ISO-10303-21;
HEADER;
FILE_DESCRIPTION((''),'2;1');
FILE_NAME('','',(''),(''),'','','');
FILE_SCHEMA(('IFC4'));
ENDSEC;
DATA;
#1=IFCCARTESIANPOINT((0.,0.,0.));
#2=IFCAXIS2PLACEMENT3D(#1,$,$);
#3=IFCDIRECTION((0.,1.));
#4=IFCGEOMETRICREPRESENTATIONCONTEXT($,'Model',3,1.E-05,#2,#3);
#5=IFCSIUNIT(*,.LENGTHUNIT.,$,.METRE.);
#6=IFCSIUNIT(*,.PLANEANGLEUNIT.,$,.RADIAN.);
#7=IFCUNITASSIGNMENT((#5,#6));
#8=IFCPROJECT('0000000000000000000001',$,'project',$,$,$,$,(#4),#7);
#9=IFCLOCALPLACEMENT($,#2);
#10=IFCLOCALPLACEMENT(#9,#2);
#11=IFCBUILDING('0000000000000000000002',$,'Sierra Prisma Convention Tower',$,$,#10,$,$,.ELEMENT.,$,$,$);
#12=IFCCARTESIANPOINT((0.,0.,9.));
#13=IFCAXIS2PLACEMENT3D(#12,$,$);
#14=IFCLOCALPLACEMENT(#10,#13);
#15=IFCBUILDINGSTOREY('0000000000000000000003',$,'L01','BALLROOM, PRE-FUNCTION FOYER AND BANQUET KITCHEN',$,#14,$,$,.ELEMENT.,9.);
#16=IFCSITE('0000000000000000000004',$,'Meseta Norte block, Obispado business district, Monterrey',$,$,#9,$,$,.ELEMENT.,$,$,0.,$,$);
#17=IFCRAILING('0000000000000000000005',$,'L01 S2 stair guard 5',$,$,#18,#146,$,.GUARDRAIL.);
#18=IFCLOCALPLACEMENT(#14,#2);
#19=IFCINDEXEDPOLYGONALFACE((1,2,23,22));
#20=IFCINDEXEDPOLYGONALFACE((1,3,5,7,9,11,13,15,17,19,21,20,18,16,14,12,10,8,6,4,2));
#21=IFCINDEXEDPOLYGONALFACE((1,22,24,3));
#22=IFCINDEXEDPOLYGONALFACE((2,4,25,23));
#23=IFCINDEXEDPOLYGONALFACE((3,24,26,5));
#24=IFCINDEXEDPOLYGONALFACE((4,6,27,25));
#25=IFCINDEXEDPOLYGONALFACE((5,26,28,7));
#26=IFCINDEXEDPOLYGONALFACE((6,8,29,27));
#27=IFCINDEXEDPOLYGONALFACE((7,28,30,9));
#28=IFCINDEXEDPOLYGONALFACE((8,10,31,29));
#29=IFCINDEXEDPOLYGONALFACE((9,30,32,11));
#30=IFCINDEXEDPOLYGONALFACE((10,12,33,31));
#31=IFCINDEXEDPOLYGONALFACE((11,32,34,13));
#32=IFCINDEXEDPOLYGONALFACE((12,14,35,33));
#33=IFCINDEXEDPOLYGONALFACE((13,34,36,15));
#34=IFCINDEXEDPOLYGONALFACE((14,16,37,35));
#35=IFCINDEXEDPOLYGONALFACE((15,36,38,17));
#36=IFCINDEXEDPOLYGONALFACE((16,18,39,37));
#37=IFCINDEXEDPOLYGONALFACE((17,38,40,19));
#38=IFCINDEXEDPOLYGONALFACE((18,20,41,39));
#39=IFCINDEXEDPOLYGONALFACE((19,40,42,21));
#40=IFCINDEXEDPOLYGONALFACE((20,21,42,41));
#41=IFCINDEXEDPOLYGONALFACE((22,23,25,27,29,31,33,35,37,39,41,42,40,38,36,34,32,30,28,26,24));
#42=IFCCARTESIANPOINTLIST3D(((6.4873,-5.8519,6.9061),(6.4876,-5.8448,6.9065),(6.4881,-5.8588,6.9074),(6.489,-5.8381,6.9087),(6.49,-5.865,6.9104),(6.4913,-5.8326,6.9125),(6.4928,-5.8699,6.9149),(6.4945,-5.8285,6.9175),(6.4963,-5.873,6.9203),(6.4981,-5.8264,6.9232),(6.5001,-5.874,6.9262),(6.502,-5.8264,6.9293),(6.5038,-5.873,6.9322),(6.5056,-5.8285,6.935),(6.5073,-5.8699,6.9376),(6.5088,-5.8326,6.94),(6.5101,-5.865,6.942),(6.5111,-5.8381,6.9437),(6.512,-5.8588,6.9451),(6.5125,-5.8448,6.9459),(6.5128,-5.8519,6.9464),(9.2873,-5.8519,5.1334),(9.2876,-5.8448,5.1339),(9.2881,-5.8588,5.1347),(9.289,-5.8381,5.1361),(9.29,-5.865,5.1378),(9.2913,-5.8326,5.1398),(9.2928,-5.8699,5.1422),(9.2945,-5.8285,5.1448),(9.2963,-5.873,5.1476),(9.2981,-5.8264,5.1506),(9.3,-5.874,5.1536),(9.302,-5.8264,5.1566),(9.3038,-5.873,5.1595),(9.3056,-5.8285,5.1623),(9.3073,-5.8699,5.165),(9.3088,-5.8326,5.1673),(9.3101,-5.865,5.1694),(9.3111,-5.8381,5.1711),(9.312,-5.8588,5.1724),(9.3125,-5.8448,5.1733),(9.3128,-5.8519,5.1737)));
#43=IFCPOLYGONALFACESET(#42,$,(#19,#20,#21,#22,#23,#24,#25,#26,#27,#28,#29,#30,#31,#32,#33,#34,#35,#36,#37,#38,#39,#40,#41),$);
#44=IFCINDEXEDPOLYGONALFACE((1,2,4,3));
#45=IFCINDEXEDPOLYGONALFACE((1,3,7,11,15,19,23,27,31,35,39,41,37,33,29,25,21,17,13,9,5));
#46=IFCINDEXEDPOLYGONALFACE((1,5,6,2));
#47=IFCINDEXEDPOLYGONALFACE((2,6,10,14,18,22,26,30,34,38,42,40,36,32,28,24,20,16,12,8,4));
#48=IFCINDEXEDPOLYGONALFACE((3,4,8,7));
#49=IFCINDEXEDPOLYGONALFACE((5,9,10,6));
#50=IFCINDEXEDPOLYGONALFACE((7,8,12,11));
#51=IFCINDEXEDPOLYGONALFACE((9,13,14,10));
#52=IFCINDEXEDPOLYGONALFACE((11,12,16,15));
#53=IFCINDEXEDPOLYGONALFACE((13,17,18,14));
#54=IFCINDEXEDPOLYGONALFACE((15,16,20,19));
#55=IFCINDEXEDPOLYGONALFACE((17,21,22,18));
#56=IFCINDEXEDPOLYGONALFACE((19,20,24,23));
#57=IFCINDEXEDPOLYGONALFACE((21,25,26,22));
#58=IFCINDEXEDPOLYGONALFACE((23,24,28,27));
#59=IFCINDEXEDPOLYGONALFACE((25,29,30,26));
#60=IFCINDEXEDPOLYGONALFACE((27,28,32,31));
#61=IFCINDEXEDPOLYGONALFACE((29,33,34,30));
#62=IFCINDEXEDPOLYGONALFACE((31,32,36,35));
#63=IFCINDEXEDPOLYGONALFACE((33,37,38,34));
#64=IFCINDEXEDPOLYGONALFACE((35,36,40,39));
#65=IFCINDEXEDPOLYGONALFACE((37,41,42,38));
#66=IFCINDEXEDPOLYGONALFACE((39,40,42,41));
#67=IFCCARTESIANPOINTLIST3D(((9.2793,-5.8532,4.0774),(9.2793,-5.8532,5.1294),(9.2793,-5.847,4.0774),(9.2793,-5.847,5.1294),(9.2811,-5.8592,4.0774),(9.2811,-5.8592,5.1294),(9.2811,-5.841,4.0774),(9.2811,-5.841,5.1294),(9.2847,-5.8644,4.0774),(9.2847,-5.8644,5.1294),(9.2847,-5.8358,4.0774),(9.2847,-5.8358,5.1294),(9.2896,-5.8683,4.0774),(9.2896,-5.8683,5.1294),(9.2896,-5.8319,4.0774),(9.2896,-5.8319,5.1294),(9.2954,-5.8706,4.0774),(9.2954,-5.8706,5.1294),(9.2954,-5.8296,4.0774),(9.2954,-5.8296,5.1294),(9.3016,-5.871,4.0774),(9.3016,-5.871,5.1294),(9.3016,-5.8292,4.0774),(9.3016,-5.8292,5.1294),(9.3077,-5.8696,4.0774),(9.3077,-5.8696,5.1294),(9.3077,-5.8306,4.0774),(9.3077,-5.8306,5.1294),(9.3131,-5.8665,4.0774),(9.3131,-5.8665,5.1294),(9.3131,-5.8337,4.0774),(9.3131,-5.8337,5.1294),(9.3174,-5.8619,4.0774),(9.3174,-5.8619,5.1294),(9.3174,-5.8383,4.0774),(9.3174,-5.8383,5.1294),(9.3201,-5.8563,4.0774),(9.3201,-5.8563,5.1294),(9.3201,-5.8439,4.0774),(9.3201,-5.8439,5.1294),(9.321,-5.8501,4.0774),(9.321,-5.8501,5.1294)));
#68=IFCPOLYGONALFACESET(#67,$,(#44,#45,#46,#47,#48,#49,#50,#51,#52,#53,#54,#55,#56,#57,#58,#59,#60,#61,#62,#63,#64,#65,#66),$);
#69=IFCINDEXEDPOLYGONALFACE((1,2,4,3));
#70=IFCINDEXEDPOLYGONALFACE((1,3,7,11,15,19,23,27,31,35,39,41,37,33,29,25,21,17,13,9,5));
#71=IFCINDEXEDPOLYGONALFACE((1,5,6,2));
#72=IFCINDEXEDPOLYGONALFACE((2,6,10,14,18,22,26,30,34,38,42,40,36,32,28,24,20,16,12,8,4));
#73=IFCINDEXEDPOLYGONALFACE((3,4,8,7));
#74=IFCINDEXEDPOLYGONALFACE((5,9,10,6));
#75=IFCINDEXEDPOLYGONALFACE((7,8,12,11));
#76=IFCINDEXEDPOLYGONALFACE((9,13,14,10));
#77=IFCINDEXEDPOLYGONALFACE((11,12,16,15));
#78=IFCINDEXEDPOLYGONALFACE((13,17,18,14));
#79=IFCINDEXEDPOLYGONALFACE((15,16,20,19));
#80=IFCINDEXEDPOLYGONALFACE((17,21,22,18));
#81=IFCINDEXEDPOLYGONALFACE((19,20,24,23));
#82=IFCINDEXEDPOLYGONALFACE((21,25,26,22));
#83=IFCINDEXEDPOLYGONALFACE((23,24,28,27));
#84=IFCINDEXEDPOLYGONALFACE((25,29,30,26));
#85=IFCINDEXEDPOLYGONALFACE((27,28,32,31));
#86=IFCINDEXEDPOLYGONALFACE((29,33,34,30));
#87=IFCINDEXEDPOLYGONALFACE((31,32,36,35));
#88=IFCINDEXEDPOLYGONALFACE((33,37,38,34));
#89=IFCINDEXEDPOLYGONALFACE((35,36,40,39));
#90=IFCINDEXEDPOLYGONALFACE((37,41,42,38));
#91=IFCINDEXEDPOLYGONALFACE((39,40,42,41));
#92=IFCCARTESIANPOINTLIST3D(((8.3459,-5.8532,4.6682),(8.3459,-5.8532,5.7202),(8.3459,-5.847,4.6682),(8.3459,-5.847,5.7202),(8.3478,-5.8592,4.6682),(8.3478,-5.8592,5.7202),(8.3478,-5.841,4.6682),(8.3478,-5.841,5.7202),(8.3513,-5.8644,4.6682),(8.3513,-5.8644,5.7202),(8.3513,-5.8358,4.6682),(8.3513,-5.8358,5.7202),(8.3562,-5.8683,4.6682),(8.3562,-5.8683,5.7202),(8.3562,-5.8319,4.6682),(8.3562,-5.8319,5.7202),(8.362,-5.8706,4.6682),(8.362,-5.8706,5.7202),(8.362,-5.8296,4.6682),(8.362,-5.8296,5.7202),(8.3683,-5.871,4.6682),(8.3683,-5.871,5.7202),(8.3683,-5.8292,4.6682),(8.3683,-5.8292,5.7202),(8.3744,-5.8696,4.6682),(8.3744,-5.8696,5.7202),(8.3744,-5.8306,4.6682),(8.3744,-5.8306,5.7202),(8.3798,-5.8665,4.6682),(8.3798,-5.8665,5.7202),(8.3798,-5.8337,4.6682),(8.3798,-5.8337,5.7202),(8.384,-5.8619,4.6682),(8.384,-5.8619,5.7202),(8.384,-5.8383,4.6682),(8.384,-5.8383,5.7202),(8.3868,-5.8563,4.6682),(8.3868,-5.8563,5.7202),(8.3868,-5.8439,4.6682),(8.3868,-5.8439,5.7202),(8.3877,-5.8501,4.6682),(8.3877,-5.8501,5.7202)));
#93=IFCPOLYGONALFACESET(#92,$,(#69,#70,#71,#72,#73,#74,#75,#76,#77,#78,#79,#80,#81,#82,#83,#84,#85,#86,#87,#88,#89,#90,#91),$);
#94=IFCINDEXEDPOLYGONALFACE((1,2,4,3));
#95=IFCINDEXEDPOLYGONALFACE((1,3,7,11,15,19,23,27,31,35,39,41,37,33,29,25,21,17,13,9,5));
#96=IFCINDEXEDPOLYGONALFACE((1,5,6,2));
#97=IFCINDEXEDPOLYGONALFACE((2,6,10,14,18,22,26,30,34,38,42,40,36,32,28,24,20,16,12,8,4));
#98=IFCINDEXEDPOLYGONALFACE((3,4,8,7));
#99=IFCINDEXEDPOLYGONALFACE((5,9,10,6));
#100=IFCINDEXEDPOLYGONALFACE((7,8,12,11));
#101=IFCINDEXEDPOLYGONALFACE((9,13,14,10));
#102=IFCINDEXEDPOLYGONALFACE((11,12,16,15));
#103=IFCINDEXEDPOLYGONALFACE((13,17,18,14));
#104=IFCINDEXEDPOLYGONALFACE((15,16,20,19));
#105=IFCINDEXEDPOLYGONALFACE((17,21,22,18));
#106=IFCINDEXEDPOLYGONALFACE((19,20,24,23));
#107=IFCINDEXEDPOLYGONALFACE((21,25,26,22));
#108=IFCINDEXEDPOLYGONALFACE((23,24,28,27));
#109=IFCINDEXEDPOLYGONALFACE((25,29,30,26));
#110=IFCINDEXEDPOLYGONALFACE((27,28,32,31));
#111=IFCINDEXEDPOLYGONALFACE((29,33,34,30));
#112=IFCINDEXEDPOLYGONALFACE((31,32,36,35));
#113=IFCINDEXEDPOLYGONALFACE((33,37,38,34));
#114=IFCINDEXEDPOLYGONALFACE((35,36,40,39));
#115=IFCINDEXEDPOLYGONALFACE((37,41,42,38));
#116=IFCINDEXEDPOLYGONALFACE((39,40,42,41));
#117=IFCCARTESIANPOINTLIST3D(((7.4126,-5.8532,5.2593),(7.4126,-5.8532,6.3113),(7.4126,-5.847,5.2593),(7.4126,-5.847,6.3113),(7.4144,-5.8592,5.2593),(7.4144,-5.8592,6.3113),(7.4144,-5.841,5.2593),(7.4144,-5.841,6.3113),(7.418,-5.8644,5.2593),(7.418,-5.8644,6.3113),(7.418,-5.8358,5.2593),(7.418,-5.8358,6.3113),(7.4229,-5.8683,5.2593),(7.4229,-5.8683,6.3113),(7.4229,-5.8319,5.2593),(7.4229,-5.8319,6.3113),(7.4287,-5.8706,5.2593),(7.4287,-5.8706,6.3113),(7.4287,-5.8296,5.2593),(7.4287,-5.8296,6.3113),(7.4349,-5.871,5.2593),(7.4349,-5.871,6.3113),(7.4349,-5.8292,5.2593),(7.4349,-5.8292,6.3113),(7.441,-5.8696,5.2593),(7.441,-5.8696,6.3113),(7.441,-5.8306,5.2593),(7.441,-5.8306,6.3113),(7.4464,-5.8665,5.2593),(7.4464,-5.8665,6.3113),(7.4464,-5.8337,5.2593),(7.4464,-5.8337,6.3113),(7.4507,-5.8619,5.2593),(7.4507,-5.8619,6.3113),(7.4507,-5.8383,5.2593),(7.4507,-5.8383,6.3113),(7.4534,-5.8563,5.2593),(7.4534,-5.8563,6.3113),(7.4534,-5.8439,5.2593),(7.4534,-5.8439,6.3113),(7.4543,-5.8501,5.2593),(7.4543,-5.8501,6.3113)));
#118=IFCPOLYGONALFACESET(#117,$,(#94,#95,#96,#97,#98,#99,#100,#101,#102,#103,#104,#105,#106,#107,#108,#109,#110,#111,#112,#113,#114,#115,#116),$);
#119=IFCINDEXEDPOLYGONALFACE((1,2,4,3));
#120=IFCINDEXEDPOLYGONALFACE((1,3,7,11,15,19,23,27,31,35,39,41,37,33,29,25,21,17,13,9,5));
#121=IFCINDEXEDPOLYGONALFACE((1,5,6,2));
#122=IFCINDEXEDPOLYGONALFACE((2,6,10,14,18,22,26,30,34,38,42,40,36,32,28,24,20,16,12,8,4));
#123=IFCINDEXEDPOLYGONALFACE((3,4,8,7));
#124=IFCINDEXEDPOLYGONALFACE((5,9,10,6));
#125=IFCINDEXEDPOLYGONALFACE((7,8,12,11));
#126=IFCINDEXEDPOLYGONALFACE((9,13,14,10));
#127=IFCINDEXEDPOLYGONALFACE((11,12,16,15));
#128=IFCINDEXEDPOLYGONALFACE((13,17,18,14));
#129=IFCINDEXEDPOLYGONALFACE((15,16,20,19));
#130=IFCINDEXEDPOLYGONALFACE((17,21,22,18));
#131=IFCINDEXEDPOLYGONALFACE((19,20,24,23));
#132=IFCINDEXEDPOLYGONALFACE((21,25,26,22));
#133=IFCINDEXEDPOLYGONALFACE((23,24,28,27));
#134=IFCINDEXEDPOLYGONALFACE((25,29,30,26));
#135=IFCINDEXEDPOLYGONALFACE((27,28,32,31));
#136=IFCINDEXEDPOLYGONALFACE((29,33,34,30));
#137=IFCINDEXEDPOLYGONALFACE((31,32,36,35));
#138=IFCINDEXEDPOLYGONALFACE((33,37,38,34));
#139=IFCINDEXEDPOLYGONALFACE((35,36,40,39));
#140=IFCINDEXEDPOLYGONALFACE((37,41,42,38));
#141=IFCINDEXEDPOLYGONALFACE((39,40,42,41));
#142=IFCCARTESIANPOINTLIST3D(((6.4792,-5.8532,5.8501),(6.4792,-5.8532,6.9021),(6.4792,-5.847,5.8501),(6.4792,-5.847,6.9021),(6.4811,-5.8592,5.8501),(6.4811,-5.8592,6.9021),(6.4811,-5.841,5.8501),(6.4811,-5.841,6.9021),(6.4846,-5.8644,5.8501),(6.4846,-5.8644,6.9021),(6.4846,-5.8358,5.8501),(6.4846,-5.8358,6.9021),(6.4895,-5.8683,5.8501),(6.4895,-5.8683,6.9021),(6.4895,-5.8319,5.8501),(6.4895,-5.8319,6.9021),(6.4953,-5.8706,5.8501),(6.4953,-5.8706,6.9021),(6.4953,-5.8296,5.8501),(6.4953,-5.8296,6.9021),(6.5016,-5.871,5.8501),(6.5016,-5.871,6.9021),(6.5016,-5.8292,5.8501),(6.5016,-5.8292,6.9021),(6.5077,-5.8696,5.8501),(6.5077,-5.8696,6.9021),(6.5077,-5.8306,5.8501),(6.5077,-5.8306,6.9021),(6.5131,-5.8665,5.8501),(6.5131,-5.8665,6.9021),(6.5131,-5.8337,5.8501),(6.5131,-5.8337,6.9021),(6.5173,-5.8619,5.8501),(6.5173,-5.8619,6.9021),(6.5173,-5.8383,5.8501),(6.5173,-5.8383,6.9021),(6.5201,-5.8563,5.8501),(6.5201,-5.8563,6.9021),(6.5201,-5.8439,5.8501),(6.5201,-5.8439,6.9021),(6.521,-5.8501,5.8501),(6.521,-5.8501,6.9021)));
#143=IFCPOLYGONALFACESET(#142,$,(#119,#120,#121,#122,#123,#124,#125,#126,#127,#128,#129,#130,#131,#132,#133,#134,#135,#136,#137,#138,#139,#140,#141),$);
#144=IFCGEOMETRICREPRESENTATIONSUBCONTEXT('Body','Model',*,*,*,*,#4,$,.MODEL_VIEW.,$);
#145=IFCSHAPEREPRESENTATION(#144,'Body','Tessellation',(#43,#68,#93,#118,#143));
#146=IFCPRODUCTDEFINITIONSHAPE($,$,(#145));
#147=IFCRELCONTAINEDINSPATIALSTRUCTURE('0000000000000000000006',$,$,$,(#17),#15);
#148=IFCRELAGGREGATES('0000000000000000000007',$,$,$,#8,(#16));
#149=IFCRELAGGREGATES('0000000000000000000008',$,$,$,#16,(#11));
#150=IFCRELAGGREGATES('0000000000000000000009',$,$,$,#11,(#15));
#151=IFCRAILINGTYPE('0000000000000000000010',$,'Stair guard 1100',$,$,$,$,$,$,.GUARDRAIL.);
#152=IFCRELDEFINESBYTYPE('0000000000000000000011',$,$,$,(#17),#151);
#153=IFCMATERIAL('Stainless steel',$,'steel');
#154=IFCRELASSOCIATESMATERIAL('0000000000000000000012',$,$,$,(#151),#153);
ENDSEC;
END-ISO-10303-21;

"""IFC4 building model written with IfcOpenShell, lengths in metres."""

from ifc_helpers import new_model, si_unit, direction, frame, origin, origin_2d, place, context, subcontext, project, spatial, circle, extrude, material, type_object, element, save


model = new_model("IFC4")

# Units and contexts
model_context = context("Model", 3, precision=1e-05, world=origin(), true_north=direction((0.0, 1.0)))
body_context = subcontext(model_context, "Body", "Model", "MODEL_VIEW")
ifc_project = project(units=[si_unit("LENGTHUNIT", "METRE"), si_unit("PLANEANGLEUNIT", "RADIAN")], contexts=[model_context])

# Site, building, storey
site_placement = place(None, origin())
site = spatial("IfcSite", under=ifc_project, at=site_placement, Name="Meseta Norte block, Obispado business district, Monterrey", CompositionType="ELEMENT", RefElevation=0.0)
building_placement = place(site_placement, origin())
building = spatial("IfcBuilding", under=site, at=building_placement, Name="Sierra Prisma Convention Tower", CompositionType="ELEMENT")
storey_placement = place(building_placement, frame((0.0, 0.0, 9.0)))
storey = spatial("IfcBuildingStorey", under=building, at=storey_placement, Name="L01", Description="BALLROOM, PRE-FUNCTION FOYER AND BANQUET KITCHEN", CompositionType="ELEMENT", Elevation=9.0)

# Railing
ifc_material_1 = material(Name="Stainless steel", Category="steel")
railing_type = type_object("IfcRailingType", Name="Stair guard 1100", PredefinedType="GUARDRAIL", material=ifc_material_1)
railing_1_placement = place(storey_placement, frame((9.3, -5.8501, 4.0774)))
element("IfcRailing", 1, at=railing_1_placement, inside=storey, type_object=railing_type, Name="L01 S2 stair guard 5", PredefinedType="GUARDRAIL", context=body_context, shape_type="SweptSolid", body=[
    extrude(circle(Radius=0.0239, at=origin_2d()), frame((0.0, 0.0, 1.0762), z_axis=(-0.844909, 0.0, 0.53491), x_axis=(0.0, -1.0, 0.0)), (0.0, 0.0, 1.0), 3.314),
    extrude(circle(Radius=0.021, at=origin_2d()), origin(), (0.0, 0.0, 1.0), 1.052),
    extrude(circle(Radius=0.021, at=origin_2d()), frame((-0.9333, 0.0, 0.5908)), (0.0, 0.0, 1.0), 1.052),
    extrude(circle(Radius=0.021, at=origin_2d()), frame((-1.8667, 0.0, 1.1819)), (0.0, 0.0, 1.0), 1.052),
    extrude(circle(Radius=0.021, at=origin_2d()), frame((-2.8, 0.0, 1.7727)), (0.0, 0.0, 1.0), 1.052),
])

save(model, "model.ifc")
